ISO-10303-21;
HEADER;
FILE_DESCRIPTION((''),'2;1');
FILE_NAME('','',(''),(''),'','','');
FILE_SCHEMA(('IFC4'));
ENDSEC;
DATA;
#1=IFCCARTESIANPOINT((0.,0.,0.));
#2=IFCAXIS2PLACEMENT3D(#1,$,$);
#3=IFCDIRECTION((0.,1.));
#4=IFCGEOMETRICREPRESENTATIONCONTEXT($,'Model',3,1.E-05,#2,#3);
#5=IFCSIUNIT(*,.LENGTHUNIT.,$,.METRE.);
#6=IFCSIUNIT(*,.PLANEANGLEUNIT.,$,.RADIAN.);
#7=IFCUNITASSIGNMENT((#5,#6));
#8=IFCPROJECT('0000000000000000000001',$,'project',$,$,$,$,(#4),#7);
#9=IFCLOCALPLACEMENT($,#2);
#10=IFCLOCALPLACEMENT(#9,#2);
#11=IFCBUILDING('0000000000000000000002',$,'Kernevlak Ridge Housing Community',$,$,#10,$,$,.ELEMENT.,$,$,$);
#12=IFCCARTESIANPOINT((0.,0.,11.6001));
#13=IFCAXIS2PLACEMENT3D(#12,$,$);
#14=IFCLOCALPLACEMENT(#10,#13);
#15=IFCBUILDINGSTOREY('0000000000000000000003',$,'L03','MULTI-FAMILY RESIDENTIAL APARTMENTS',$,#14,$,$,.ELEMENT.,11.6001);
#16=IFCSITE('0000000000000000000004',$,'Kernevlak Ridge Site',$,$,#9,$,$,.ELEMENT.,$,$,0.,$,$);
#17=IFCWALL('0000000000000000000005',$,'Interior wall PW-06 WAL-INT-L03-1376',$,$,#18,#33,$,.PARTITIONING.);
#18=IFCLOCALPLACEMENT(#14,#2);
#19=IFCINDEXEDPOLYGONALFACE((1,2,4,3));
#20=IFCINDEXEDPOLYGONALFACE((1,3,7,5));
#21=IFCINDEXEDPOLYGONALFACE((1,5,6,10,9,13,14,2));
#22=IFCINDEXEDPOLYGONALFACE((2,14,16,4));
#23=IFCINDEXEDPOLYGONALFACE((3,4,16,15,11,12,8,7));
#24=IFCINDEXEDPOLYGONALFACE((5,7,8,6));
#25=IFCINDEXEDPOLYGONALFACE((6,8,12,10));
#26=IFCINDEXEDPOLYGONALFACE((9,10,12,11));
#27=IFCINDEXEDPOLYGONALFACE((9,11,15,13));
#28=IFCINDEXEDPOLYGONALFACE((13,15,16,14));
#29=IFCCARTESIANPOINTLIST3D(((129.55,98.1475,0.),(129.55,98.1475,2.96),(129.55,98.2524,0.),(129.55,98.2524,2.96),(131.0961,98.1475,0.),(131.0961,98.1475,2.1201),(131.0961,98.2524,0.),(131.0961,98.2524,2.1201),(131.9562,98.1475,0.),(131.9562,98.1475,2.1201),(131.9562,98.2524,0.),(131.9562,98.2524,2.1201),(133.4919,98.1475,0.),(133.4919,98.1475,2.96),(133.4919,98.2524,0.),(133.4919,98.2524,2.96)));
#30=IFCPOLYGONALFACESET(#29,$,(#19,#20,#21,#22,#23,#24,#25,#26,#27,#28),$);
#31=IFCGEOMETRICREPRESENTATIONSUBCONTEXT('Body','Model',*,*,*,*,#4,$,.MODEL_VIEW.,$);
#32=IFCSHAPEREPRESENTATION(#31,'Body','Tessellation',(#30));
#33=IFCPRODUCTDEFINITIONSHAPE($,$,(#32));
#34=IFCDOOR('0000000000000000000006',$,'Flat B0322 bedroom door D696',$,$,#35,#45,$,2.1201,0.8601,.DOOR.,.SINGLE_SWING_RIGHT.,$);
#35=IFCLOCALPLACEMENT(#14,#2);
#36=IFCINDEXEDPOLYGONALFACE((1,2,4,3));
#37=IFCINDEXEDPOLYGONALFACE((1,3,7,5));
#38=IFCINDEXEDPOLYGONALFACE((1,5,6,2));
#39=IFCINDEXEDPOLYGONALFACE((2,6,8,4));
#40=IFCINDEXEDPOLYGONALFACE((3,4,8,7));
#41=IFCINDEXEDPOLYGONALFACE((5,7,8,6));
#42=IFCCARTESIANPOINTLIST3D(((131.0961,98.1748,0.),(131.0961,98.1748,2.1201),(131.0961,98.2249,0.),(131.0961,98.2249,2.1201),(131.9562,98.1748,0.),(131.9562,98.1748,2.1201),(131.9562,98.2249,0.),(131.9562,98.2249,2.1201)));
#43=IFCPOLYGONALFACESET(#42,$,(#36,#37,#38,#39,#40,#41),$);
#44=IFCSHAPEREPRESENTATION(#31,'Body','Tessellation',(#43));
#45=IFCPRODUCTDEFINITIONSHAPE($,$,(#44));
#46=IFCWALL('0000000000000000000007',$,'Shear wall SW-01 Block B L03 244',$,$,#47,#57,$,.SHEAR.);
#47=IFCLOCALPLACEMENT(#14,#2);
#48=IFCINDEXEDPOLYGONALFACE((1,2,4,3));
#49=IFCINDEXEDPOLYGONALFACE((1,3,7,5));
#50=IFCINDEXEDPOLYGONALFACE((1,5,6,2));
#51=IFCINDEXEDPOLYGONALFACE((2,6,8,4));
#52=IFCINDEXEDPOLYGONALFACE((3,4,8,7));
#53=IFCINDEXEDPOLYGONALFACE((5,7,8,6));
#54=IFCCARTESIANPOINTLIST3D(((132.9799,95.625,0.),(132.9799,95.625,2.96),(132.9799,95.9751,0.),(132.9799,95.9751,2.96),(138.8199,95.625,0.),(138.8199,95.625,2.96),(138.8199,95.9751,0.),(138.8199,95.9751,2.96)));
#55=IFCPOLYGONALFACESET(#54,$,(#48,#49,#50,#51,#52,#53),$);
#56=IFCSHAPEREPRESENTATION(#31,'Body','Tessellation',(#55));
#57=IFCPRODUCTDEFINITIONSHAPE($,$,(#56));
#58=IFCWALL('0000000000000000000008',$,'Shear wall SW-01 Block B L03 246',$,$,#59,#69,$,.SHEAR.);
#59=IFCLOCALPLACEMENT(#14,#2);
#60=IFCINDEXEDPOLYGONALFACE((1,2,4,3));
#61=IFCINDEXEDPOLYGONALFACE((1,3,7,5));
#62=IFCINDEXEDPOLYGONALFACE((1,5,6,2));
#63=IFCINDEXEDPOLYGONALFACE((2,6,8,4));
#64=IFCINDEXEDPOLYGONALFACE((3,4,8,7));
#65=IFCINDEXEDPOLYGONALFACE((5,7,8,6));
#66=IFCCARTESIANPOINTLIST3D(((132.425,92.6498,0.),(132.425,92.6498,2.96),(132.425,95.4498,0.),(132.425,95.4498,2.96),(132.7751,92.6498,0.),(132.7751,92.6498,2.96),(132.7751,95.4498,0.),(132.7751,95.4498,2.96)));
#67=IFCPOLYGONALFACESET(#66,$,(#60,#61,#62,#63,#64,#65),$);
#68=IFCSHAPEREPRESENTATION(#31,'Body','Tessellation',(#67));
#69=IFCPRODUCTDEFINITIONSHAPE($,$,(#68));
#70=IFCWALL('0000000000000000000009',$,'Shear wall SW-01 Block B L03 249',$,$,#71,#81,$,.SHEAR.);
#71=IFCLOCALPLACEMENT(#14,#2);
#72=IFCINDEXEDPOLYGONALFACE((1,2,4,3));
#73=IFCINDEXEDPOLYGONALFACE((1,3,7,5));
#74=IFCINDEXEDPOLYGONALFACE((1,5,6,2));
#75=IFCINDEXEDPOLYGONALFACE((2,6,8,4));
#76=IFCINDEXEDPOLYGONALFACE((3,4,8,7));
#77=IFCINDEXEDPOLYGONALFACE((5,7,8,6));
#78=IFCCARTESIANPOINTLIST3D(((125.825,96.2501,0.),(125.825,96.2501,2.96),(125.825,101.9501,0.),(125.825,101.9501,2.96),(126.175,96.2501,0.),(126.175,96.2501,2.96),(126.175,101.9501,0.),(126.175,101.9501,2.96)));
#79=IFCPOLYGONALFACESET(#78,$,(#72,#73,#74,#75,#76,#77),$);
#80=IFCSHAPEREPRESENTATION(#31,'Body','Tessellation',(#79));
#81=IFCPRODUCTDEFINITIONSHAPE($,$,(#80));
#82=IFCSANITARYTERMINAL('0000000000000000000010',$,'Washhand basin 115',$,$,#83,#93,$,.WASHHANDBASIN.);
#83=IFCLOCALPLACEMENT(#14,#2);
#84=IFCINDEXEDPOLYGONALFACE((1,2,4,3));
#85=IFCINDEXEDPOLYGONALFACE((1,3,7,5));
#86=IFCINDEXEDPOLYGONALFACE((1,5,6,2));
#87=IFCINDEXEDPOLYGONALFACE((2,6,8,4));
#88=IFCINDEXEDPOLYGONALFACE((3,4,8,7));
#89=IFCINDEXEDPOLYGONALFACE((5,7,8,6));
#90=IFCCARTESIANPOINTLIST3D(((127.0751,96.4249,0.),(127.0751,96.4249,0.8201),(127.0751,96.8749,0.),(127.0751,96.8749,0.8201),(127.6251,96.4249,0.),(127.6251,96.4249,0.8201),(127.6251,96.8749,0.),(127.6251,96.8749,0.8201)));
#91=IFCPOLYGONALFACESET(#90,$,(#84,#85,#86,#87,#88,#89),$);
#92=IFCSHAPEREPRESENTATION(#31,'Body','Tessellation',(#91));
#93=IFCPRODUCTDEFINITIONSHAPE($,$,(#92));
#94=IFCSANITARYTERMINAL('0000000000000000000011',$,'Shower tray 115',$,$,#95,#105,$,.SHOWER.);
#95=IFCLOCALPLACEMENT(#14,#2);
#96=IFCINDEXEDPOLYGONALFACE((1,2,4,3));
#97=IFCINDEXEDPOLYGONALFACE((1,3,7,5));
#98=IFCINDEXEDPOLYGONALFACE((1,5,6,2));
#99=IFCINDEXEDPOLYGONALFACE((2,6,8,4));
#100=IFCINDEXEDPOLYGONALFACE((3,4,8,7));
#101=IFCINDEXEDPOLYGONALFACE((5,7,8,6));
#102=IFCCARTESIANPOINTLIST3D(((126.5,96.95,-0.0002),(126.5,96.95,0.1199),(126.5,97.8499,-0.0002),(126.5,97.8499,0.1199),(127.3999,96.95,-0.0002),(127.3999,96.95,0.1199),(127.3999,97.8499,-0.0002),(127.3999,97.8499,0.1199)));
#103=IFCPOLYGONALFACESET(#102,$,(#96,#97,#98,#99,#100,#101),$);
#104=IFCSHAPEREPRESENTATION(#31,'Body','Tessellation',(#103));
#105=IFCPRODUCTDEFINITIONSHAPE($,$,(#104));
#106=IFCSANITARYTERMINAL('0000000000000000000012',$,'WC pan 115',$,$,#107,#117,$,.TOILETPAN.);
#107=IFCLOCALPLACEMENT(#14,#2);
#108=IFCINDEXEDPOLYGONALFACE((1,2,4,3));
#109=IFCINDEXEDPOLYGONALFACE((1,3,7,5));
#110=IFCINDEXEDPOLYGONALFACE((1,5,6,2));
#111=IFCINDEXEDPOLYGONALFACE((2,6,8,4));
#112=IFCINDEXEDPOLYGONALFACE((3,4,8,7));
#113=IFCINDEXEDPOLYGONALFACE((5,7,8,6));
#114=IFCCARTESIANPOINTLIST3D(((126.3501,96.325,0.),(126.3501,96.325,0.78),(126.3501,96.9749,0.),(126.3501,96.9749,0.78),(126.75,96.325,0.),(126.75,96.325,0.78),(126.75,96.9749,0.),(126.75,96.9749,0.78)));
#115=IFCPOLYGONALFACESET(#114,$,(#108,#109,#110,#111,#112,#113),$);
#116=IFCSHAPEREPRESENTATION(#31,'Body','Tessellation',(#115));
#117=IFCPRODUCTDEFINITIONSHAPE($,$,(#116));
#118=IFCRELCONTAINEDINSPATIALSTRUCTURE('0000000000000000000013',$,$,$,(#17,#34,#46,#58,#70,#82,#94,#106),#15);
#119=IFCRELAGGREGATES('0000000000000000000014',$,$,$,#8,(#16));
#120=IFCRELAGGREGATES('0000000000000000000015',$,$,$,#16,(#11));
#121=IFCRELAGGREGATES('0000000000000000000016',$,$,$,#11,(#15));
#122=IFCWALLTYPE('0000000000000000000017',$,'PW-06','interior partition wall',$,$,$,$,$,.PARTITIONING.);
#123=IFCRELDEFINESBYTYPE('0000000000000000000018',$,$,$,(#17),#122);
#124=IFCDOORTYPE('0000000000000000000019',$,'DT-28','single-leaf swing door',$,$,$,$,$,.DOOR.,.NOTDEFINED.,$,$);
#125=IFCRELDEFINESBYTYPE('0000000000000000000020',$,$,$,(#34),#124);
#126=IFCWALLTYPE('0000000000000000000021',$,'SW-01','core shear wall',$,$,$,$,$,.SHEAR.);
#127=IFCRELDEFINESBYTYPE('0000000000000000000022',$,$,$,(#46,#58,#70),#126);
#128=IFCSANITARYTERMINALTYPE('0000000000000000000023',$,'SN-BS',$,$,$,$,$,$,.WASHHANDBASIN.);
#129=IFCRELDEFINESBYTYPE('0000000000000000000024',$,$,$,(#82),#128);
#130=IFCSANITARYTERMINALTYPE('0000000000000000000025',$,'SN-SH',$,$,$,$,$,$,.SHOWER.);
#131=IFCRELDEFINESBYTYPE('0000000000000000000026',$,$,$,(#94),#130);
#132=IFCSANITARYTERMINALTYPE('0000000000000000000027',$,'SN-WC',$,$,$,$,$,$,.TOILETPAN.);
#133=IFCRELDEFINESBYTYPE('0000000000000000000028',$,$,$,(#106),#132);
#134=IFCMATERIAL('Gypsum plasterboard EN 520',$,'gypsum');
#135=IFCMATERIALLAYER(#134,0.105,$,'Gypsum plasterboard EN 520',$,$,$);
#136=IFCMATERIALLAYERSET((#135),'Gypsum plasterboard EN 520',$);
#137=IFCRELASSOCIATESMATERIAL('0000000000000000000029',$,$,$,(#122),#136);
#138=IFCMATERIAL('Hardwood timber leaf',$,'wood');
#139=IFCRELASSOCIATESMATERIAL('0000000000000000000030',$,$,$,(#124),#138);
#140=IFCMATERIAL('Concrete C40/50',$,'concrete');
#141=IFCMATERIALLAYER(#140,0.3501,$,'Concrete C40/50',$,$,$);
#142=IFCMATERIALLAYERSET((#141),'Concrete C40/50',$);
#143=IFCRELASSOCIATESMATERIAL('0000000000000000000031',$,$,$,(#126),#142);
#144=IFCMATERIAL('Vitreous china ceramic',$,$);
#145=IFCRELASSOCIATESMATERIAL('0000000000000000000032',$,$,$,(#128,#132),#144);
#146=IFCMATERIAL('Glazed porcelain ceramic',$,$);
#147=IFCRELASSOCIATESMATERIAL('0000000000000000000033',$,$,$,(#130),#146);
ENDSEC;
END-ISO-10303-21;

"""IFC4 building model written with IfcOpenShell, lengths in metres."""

from ifc_helpers import new_model, si_unit, direction, frame, frame_2d, origin, origin_2d, place, context, subcontext, project, spatial, rectangle, extrude, material, layer, layer_set, type_object, element, fill, save


model = new_model("IFC4")

# Units and contexts
model_context = context("Model", 3, precision=1e-05, world=origin(), true_north=direction((0.0, 1.0)))
body_context = subcontext(model_context, "Body", "Model", "MODEL_VIEW")
ifc_project = project(units=[si_unit("LENGTHUNIT", "METRE"), si_unit("PLANEANGLEUNIT", "RADIAN")], contexts=[model_context])

# Site, building, storey
site_placement = place(None, origin())
site = spatial("IfcSite", under=ifc_project, at=site_placement, Name="Kernevlak Ridge Site", CompositionType="ELEMENT", RefElevation=0.0)
building_placement = place(site_placement, origin())
building = spatial("IfcBuilding", under=site, at=building_placement, Name="Kernevlak Ridge Housing Community", CompositionType="ELEMENT")
storey_placement = place(building_placement, frame((0.0, 0.0, 11.6001)))
storey = spatial("IfcBuildingStorey", under=building, at=storey_placement, Name="L03", Description="MULTI-FAMILY RESIDENTIAL APARTMENTS", CompositionType="ELEMENT", Elevation=11.6001)

# Shared definitions
ifc_material_1 = material(Name="Concrete C40/50", Category="concrete")

# Shared definitions
ifc_material_2 = material(Name="Hardwood timber leaf", Category="wood")

# Shared definitions
ifc_material_3 = material(Name="Gypsum plasterboard EN 520", Category="gypsum")

# Wall, opening, door
ifc_layer_1 = layer(ifc_material_3, 0.105, Name="Gypsum plasterboard EN 520")
ifc_layer_set_1 = layer_set([ifc_layer_1], Name="Gypsum plasterboard EN 520")
wall_type_1 = type_object("IfcWallType", Name="PW-06", Description="interior partition wall", PredefinedType="PARTITIONING", material=ifc_layer_set_1)
wall_1_placement = place(storey_placement, frame((129.55, 98.2, 0.0), z_axis=(0.0, 0.0, 1.0), x_axis=(1.0, 0.0, 0.0)))
wall_1 = element("IfcWall", 1, at=wall_1_placement, inside=storey, type_object=wall_type_1, Name="Interior wall PW-06 WAL-INT-L03-1376", PredefinedType="PARTITIONING", context=body_context, shape_type="SweptSolid", body=[
    extrude(rectangle(XDim=3.9419, YDim=0.105, at=frame_2d((1.9709, 0.0))), origin(), (0.0, 0.0, 1.0), 2.96),
])
opening_1_placement = place(wall_1_placement, frame((1.5459, 0.0, 0.0)))
opening_1 = element("IfcOpeningElement", 2, at=opening_1_placement, cuts=wall_1, PredefinedType="OPENING", context=body_context, shape_type="SweptSolid", body=[
    extrude(rectangle(XDim=0.8601, YDim=2.1201, at=frame_2d((0.4302, 1.0601))), frame((0.0, 0.0625, 0.0), z_axis=(0.0, -1.0, 0.0), x_axis=(1.0, 0.0, 0.0)), (0.0, 0.0, 1.0), 0.125),
])
door_type_1 = type_object("IfcDoorType", Name="DT-28", Description="single-leaf swing door", OperationType="NOTDEFINED", PredefinedType="DOOR", material=ifc_material_2)
door_1_placement = place(opening_1_placement, origin())
door_1 = element("IfcDoor", 3, at=door_1_placement, inside=storey, type_object=door_type_1, Name="Flat B0322 bedroom door D696", OperationType="SINGLE_SWING_RIGHT", OverallHeight=2.1201, OverallWidth=0.8601, PredefinedType="DOOR", context=body_context, shape_type="SweptSolid", body=[
    extrude(rectangle(XDim=0.8601, YDim=2.1201, at=frame_2d((0.4302, 1.0601))), frame((0.0, 0.0249, 0.0), z_axis=(0.0, -1.0, 0.0), x_axis=(1.0, 0.0, 0.0)), (0.0, 0.0, 1.0), 0.05),
])
fill(opening_1, door_1)

# Walls
ifc_layer_2 = layer(ifc_material_1, 0.3501, Name="Concrete C40/50")
ifc_layer_set_2 = layer_set([ifc_layer_2], Name="Concrete C40/50")
wall_type_2 = type_object("IfcWallType", Name="SW-01", Description="core shear wall", PredefinedType="SHEAR", material=ifc_layer_set_2)
wall_2_placement = place(storey_placement, frame((132.98, 95.8, 0.0), z_axis=(0.0, 0.0, 1.0), x_axis=(1.0, 0.0, 0.0)))
element("IfcWall", 4, at=wall_2_placement, inside=storey, type_object=wall_type_2, Name="Shear wall SW-01 Block B L03 244", PredefinedType="SHEAR", context=body_context, shape_type="SweptSolid", body=[
    extrude(rectangle(XDim=5.8401, YDim=0.3501, at=frame_2d((2.9199, 0.0))), origin(), (0.0, 0.0, 1.0), 2.96),
])
wall_3_placement = place(storey_placement, frame((132.6001, 92.6499, 0.0), z_axis=(0.0, 0.0, 1.0), x_axis=(0.0, 1.0, 0.0)))
element("IfcWall", 5, at=wall_3_placement, inside=storey, type_object=wall_type_2, Name="Shear wall SW-01 Block B L03 246", PredefinedType="SHEAR", context=body_context, shape_type="SweptSolid", body=[
    extrude(rectangle(XDim=2.8, YDim=0.3501, at=frame_2d((1.3999, 0.0))), origin(), (0.0, 0.0, 1.0), 2.96),
])
wall_4_placement = place(storey_placement, frame((126.0, 96.25, 0.0), z_axis=(0.0, 0.0, 1.0), x_axis=(0.0, 1.0, 0.0)))
element("IfcWall", 6, at=wall_4_placement, inside=storey, type_object=wall_type_2, Name="Shear wall SW-01 Block B L03 249", PredefinedType="SHEAR", context=body_context, shape_type="SweptSolid", body=[
    extrude(rectangle(XDim=5.7, YDim=0.3501, at=frame_2d((2.8501, 0.0))), origin(), (0.0, 0.0, 1.0), 2.96),
])

# Sanitary terminals
ifc_material_4 = material(Name="Vitreous china ceramic")
sanitary_terminal_type_1 = type_object("IfcSanitaryTerminalType", Name="SN-BS", PredefinedType="WASHHANDBASIN", material=ifc_material_4)
sanitary_terminal_1_placement = place(storey_placement, frame((127.3501, 96.6499, 0.0), z_axis=(0.0, 0.0, 1.0), x_axis=(1.0, 0.0, 0.0)))
element("IfcSanitaryTerminal", 7, at=sanitary_terminal_1_placement, inside=storey, type_object=sanitary_terminal_type_1, Name="Washhand basin 115", PredefinedType="WASHHANDBASIN", context=body_context, shape_type="SweptSolid", body=[
    extrude(rectangle(XDim=0.55, YDim=0.45, at=origin_2d()), origin(), (0.0, 0.0, 1.0), 0.8201),
])
ifc_material_5 = material(Name="Glazed porcelain ceramic")
sanitary_terminal_type_2 = type_object("IfcSanitaryTerminalType", Name="SN-SH", PredefinedType="SHOWER", material=ifc_material_5)
sanitary_terminal_2_placement = place(storey_placement, frame((126.95, 97.3999, -0.0002), z_axis=(0.0, 0.0, 1.0), x_axis=(1.0, 0.0, 0.0)))
element("IfcSanitaryTerminal", 8, at=sanitary_terminal_2_placement, inside=storey, type_object=sanitary_terminal_type_2, Name="Shower tray 115", PredefinedType="SHOWER", context=body_context, shape_type="SweptSolid", body=[
    extrude(rectangle(XDim=0.8999, YDim=0.8999, at=origin_2d()), origin(), (0.0, 0.0, 1.0), 0.1201),
])
sanitary_terminal_type_3 = type_object("IfcSanitaryTerminalType", Name="SN-WC", PredefinedType="TOILETPAN", material=ifc_material_4)
sanitary_terminal_3_placement = place(storey_placement, frame((126.55, 96.6499, 0.0), z_axis=(0.0, 0.0, 1.0), x_axis=(1.0, 0.0, 0.0)))
element("IfcSanitaryTerminal", 9, at=sanitary_terminal_3_placement, inside=storey, type_object=sanitary_terminal_type_3, Name="WC pan 115", PredefinedType="TOILETPAN", context=body_context, shape_type="SweptSolid", body=[
    extrude(rectangle(XDim=0.3999, YDim=0.6499, at=origin_2d()), origin(), (0.0, 0.0, 1.0), 0.78),
])

save(model, "model.ifc")
